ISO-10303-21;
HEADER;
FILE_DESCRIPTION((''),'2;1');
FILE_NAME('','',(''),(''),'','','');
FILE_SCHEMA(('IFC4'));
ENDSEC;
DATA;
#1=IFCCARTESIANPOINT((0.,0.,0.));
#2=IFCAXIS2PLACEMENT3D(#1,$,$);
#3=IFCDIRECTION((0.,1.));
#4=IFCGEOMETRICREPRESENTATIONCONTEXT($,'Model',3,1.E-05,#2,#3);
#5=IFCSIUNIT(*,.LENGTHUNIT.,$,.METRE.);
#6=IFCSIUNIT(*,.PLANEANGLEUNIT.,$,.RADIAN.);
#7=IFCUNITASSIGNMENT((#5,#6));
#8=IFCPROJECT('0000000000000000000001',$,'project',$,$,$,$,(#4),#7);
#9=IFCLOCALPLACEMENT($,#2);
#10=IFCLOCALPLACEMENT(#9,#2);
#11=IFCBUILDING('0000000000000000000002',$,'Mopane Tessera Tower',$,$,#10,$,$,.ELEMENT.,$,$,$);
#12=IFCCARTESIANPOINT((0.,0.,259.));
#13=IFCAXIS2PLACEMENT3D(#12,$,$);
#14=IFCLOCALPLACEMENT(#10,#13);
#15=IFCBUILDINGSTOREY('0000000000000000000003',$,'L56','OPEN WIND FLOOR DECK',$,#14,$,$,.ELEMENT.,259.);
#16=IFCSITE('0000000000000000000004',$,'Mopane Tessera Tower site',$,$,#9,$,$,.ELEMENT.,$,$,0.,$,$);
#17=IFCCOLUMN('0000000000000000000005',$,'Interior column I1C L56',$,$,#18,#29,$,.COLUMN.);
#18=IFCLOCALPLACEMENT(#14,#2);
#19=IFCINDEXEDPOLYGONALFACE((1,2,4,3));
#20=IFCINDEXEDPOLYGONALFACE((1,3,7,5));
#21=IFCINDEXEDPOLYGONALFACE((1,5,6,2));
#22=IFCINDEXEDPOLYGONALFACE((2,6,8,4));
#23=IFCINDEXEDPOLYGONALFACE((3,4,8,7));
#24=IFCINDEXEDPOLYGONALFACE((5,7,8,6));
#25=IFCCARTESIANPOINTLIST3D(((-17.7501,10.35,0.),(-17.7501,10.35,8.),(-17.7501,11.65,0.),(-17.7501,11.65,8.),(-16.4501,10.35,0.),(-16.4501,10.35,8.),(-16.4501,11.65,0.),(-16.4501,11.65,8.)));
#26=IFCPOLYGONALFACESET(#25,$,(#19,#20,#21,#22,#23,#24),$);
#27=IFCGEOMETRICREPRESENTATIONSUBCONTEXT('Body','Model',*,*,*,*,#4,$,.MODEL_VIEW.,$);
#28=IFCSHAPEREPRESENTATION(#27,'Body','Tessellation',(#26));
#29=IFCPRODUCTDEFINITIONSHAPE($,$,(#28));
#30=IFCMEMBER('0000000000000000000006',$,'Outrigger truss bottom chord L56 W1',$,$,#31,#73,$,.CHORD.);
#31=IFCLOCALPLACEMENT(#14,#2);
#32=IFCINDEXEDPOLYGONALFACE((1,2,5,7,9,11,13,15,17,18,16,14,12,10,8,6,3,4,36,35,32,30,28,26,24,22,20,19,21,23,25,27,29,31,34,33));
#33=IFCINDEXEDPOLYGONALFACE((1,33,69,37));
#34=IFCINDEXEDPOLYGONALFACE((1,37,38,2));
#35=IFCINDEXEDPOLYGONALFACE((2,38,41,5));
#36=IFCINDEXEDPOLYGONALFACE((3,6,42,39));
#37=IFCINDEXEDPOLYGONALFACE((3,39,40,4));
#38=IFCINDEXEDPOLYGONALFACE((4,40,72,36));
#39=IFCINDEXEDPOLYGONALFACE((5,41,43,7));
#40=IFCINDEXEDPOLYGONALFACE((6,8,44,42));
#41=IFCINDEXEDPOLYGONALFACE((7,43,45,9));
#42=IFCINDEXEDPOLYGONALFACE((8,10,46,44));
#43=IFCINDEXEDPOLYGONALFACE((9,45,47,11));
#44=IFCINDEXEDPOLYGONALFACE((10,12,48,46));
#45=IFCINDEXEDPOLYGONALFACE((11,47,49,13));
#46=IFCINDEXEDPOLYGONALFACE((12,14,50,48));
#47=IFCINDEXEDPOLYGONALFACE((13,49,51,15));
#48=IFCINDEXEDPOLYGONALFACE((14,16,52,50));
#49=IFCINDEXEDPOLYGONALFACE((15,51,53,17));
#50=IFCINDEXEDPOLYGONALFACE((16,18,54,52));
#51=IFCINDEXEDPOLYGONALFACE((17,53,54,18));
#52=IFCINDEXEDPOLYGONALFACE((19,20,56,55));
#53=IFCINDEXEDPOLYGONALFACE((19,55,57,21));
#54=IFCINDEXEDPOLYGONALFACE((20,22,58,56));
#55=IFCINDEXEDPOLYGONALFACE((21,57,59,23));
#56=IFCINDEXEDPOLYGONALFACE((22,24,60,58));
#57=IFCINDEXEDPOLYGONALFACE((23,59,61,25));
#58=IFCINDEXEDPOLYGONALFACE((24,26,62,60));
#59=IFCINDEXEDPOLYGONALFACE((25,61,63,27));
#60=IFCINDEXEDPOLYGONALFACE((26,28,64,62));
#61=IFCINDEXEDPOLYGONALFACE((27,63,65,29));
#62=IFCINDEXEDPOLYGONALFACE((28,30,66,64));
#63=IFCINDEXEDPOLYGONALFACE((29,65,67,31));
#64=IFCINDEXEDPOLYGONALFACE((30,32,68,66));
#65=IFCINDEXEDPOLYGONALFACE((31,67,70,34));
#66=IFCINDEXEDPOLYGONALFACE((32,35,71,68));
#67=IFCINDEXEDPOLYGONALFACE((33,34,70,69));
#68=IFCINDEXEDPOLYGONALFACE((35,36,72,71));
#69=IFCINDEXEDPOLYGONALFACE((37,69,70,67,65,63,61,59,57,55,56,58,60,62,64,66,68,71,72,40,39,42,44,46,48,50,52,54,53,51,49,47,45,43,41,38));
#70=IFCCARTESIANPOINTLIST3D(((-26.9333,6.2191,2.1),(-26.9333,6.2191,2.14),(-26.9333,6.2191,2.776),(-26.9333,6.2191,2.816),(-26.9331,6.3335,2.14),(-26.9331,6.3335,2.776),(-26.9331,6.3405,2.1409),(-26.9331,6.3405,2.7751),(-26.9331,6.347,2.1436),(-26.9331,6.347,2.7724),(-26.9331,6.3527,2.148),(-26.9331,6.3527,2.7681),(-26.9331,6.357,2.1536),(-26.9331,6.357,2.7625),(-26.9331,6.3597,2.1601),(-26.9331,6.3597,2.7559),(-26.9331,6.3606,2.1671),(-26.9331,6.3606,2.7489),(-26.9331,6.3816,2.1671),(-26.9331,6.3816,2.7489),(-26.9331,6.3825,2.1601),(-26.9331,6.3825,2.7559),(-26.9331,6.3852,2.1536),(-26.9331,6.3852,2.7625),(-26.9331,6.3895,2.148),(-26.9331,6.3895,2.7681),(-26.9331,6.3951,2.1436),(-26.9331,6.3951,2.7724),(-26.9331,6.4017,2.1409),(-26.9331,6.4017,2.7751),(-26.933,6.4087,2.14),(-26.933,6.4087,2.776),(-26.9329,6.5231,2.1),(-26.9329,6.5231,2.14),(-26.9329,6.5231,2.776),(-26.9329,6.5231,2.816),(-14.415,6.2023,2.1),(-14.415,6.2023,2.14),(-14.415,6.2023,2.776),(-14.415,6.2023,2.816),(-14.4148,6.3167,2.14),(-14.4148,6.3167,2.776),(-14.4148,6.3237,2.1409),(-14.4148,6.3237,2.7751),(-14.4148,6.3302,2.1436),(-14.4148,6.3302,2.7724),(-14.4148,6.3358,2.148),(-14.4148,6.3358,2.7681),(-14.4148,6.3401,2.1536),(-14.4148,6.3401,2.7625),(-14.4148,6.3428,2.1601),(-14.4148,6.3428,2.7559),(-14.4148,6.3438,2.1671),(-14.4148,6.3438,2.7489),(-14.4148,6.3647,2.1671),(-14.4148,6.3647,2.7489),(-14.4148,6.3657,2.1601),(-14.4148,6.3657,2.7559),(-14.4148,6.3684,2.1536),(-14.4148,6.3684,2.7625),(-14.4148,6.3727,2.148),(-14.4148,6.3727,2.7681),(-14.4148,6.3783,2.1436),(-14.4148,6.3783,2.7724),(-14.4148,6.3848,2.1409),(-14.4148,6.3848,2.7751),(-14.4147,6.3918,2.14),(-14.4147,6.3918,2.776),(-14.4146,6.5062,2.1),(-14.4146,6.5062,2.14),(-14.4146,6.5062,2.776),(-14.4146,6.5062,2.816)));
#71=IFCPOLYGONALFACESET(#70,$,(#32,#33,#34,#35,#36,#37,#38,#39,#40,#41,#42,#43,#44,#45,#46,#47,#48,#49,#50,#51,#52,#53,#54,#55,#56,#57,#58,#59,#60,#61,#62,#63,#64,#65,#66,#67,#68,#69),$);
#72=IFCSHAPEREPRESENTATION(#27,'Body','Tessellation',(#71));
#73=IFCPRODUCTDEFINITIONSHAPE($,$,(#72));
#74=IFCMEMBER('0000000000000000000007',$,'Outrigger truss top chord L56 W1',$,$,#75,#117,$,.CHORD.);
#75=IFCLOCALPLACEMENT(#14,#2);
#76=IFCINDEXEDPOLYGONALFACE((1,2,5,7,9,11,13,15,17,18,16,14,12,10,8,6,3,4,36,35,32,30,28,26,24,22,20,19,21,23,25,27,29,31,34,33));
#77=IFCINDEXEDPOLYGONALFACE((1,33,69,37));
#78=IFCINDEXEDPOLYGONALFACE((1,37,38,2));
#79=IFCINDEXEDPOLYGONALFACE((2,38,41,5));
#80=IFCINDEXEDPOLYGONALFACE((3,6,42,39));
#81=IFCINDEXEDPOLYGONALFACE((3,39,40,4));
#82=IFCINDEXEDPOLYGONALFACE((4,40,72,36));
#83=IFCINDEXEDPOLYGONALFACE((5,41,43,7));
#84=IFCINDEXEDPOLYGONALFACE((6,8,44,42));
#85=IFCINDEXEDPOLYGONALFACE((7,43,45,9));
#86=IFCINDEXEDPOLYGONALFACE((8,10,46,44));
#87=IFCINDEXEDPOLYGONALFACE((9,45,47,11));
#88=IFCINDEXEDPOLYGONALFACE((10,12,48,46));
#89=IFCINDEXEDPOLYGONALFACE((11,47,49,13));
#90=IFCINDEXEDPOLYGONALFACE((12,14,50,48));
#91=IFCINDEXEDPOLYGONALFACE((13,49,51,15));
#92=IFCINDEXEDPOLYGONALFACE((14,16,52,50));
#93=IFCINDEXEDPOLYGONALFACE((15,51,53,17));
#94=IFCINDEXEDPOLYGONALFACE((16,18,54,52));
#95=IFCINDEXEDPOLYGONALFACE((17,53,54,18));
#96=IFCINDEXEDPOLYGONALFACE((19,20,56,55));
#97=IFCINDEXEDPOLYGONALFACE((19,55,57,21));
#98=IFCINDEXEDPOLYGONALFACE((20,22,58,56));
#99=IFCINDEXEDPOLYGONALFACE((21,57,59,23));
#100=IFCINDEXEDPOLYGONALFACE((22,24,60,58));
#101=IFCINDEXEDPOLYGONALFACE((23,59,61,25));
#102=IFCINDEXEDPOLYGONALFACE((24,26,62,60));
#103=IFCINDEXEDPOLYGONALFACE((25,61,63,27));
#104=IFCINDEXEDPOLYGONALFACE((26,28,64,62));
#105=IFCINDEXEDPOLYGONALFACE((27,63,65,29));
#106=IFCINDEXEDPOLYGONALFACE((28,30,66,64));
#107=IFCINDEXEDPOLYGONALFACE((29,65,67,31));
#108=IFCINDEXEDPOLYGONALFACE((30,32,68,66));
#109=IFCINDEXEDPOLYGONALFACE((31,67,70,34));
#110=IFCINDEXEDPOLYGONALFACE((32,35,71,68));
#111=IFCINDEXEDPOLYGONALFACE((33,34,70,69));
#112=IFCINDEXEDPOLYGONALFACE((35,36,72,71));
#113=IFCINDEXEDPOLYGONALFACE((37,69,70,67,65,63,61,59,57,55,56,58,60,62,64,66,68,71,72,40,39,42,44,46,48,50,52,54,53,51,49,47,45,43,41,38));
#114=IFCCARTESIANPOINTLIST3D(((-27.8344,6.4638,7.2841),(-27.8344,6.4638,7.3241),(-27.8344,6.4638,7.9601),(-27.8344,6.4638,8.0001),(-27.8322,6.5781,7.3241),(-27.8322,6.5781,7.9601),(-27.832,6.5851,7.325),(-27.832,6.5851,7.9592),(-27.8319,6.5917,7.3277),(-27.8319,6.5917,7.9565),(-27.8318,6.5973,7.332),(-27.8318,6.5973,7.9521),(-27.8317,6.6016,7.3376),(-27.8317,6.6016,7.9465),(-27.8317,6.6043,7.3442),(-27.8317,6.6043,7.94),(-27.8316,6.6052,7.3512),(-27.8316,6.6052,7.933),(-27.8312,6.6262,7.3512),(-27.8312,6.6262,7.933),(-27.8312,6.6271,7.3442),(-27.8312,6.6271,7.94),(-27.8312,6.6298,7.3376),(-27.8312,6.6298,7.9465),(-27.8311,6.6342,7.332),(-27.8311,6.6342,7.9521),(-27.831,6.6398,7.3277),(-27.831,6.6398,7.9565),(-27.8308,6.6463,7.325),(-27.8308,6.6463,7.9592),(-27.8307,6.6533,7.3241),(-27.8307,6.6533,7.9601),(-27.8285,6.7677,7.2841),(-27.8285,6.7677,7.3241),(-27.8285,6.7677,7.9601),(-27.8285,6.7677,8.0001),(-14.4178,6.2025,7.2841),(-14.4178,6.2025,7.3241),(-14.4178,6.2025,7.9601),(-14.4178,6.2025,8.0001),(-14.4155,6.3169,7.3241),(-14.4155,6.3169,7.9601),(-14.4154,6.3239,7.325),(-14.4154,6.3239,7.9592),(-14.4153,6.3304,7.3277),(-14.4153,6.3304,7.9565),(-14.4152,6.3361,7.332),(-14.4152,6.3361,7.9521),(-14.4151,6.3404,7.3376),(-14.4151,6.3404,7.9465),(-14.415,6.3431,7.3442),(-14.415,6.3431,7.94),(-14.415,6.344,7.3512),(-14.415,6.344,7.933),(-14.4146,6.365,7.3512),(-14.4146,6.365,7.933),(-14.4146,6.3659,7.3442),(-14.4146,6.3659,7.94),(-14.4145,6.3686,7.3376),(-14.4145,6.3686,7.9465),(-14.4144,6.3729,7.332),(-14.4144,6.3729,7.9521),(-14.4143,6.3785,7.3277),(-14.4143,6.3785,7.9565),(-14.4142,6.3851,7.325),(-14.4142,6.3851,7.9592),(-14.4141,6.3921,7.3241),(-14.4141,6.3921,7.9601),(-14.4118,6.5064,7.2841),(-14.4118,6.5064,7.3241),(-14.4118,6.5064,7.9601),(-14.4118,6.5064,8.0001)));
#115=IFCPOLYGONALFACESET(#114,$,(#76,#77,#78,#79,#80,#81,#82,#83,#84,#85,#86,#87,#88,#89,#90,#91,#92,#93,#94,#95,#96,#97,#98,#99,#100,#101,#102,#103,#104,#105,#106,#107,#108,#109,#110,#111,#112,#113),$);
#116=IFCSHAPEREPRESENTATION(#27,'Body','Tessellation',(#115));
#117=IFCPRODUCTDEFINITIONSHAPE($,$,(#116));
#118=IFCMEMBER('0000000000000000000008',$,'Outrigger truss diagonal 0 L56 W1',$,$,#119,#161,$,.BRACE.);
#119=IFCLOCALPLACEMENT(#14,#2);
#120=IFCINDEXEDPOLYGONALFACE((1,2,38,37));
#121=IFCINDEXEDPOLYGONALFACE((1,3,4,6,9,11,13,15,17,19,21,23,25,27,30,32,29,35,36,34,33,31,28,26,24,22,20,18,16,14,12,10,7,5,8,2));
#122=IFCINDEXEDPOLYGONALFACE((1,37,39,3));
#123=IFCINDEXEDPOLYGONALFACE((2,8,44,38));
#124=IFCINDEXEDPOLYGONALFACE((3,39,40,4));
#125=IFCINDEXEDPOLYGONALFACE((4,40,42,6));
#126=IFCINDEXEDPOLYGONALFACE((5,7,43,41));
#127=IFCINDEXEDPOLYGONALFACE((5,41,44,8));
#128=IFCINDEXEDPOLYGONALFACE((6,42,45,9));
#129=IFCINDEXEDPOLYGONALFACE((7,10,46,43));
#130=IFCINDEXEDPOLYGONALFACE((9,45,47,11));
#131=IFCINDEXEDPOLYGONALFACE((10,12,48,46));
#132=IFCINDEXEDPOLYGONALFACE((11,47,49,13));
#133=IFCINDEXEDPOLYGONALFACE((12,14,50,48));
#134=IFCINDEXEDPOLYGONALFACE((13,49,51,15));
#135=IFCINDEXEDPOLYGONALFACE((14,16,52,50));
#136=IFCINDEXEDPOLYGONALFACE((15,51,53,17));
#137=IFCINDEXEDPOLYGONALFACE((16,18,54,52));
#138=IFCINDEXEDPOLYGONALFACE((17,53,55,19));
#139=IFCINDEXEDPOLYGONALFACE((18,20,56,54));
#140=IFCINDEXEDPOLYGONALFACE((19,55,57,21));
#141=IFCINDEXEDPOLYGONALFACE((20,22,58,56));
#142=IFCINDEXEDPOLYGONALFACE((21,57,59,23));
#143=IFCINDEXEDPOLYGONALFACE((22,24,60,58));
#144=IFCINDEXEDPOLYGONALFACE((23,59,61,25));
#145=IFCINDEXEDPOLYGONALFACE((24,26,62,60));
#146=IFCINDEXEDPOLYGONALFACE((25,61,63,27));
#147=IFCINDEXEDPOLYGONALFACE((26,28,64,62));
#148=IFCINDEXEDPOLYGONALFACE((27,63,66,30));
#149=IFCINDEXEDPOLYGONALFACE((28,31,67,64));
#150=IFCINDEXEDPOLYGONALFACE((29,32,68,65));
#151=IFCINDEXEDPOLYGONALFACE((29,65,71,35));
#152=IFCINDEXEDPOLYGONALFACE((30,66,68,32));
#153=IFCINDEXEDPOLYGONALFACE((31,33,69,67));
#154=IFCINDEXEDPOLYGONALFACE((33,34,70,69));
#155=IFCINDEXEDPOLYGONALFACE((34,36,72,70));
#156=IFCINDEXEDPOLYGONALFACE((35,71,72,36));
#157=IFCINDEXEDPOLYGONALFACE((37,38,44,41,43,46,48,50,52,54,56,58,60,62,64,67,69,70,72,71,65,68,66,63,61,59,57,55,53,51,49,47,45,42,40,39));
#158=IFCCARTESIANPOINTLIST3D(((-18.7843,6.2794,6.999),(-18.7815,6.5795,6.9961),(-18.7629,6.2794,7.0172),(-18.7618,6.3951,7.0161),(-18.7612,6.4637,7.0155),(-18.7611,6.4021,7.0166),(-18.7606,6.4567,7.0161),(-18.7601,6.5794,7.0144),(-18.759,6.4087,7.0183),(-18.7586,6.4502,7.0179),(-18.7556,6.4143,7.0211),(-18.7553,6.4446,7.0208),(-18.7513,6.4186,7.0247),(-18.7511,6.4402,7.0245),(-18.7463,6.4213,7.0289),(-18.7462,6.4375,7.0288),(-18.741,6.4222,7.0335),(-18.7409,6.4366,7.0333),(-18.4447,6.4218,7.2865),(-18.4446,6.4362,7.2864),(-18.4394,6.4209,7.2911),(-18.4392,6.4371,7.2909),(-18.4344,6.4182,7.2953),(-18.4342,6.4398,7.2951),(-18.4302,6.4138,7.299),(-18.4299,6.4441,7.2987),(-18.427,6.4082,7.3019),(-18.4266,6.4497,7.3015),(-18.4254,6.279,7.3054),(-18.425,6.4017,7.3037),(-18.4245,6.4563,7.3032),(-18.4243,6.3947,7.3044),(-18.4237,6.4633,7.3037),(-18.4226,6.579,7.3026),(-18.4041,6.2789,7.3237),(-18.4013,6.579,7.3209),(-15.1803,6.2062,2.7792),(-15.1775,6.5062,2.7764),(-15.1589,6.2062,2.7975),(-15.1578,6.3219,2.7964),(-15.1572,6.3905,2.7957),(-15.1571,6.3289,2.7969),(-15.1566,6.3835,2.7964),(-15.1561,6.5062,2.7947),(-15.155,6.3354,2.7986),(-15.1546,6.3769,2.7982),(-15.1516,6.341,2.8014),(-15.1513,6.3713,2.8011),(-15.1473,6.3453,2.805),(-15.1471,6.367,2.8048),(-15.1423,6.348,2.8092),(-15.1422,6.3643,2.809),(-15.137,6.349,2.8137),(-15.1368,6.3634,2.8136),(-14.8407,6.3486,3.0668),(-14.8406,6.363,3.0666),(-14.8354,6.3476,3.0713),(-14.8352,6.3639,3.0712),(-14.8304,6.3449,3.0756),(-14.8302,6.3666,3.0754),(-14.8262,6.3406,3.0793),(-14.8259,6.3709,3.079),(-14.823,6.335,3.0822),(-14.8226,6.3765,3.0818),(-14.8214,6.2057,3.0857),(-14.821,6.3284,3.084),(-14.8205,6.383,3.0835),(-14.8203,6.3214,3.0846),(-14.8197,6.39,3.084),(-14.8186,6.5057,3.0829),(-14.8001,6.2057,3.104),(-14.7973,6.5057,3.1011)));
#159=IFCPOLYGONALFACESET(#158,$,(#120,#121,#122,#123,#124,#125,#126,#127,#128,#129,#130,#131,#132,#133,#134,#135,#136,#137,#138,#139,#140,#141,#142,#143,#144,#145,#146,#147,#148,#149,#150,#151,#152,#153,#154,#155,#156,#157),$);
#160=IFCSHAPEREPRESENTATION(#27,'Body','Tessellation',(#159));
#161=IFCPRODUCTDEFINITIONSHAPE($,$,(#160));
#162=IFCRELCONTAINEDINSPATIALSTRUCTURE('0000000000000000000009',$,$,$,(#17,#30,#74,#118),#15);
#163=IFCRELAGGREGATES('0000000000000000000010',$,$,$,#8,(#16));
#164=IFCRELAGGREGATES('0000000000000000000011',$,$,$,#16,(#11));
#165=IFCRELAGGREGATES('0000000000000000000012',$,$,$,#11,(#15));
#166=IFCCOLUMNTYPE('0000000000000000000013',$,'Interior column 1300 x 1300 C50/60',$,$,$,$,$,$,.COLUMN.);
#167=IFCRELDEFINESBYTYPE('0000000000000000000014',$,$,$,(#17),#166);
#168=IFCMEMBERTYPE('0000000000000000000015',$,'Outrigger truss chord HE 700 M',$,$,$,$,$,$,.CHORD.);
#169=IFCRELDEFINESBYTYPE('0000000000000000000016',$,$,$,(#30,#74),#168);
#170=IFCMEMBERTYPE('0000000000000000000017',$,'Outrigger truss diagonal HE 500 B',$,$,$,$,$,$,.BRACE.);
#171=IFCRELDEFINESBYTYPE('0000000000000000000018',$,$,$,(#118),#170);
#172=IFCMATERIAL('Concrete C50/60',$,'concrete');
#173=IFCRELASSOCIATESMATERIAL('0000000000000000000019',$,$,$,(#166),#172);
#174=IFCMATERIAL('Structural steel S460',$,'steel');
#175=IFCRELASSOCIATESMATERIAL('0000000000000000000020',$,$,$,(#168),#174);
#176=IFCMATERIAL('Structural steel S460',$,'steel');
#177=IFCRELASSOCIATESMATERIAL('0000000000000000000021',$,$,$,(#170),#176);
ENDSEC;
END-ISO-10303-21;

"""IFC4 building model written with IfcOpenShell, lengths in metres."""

from ifc_helpers import new_model, si_unit, direction, frame, origin, origin_2d, place, context, subcontext, project, spatial, rectangle, i_section, extrude, material, material_profile, profile_set, type_object, element, save


model = new_model("IFC4")

# Units and contexts
model_context = context("Model", 3, precision=1e-05, world=origin(), true_north=direction((0.0, 1.0)))
body_context = subcontext(model_context, "Body", "Model", "MODEL_VIEW")
ifc_project = project(units=[si_unit("LENGTHUNIT", "METRE"), si_unit("PLANEANGLEUNIT", "RADIAN")], contexts=[model_context])

# Site, building, storey
site_placement = place(None, origin())
site = spatial("IfcSite", under=ifc_project, at=site_placement, Name="Mopane Tessera Tower site", CompositionType="ELEMENT", RefElevation=0.0)
building_placement = place(site_placement, origin())
building = spatial("IfcBuilding", under=site, at=building_placement, Name="Mopane Tessera Tower", CompositionType="ELEMENT")
storey_placement = place(building_placement, frame((0.0, 0.0, 259.0)))
storey = spatial("IfcBuildingStorey", under=building, at=storey_placement, Name="L56", Description="OPEN WIND FLOOR DECK", CompositionType="ELEMENT", Elevation=259.0)

# Column
ifc_material_1 = material(Name="Concrete C50/60", Category="concrete")
ifc_material_profile_1 = material_profile(ifc_material_1, rectangle(XDim=1.3, YDim=1.3, at=origin_2d()))
ifc_profile_set_1 = profile_set([ifc_material_profile_1], Name="Concrete C50/60")
column_type = type_object("IfcColumnType", Name="Interior column 1300 x 1300 C50/60", PredefinedType="COLUMN", material=ifc_profile_set_1)
column_placement = place(storey_placement, frame((-17.1001, 11.0, 0.0), z_axis=(0.0, 0.0, 1.0), x_axis=(1.0, 0.0, 0.0)))
element("IfcColumn", 1, at=column_placement, inside=storey, type_object=column_type, Name="Interior column I1C L56", PredefinedType="COLUMN", context=body_context, shape_type="SweptSolid", body=[
    extrude(rectangle(XDim=1.3, YDim=1.3, at=origin_2d()), origin(), (0.0, 0.0, 1.0), 8.0),
])

# Members
ifc_material_2 = material(Name="Structural steel S460", Category="steel")
ifc_material_profile_2 = material_profile(ifc_material_2, i_section(OverallWidth=0.304, OverallDepth=0.7161, WebThickness=0.021, FlangeThickness=0.04, FilletRadius=0.0271, at=origin_2d()))
ifc_profile_set_2 = profile_set([ifc_material_profile_2], Name="Structural steel S460")
member_type_1 = type_object("IfcMemberType", Name="Outrigger truss chord HE 700 M", PredefinedType="CHORD", material=ifc_profile_set_2)
member_1_placement = place(storey_placement, frame((-14.4148, 6.3542, 2.458), z_axis=(-0.999999, 0.001346, 0.0), x_axis=(-0.001346, -0.999999, 0.0)))
element("IfcMember", 2, at=member_1_placement, inside=storey, type_object=member_type_1, Name="Outrigger truss bottom chord L56 W1", PredefinedType="CHORD", context=body_context, shape_type="SweptSolid", body=[
    extrude(i_section(OverallWidth=0.304, OverallDepth=0.7161, WebThickness=0.021, FlangeThickness=0.04, FilletRadius=0.0271, at=origin_2d()), origin(), (0.0, 0.0, 1.0), 12.5183),
])
member_2_placement = place(storey_placement, frame((-14.4148, 6.3545, 7.6421), z_axis=(-0.999811, 0.019467, 0.0), x_axis=(-0.019467, -0.999811, 0.0)))
element("IfcMember", 3, at=member_2_placement, inside=storey, type_object=member_type_1, Name="Outrigger truss top chord L56 W1", PredefinedType="CHORD", context=body_context, shape_type="SweptSolid", body=[
    extrude(i_section(OverallWidth=0.304, OverallDepth=0.7161, WebThickness=0.021, FlangeThickness=0.04, FilletRadius=0.0271, at=origin_2d()), origin(), (0.0, 0.0, 1.0), 13.4192),
])
ifc_material_3 = material(Name="Structural steel S460", Category="steel")
ifc_material_profile_3 = material_profile(ifc_material_3, i_section(OverallWidth=0.3, OverallDepth=0.5, WebThickness=0.0144, FlangeThickness=0.0281, FilletRadius=0.0271, at=origin_2d()))
ifc_profile_set_3 = profile_set([ifc_material_profile_3], Name="Structural steel S460")
member_type_2 = type_object("IfcMemberType", Name="Outrigger truss diagonal HE 500 B", PredefinedType="BRACE", material=ifc_profile_set_3)
member_3_placement = place(storey_placement, frame((-14.9888, 6.356, 2.9402), z_axis=(-0.649393, 0.013197, 0.760338), x_axis=(-0.009363, -0.999912, 0.009359)))
element("IfcMember", 4, at=member_3_placement, inside=storey, type_object=member_type_2, Name="Outrigger truss diagonal 0 L56 W1", PredefinedType="BRACE", context=body_context, shape_type="SweptSolid", body=[
    extrude(i_section(OverallWidth=0.3, OverallDepth=0.5, WebThickness=0.0144, FlangeThickness=0.0281, FilletRadius=0.0271, at=origin_2d()), origin(), (0.0, 0.0, 1.0), 5.5498),
])

save(model, "model.ifc")
